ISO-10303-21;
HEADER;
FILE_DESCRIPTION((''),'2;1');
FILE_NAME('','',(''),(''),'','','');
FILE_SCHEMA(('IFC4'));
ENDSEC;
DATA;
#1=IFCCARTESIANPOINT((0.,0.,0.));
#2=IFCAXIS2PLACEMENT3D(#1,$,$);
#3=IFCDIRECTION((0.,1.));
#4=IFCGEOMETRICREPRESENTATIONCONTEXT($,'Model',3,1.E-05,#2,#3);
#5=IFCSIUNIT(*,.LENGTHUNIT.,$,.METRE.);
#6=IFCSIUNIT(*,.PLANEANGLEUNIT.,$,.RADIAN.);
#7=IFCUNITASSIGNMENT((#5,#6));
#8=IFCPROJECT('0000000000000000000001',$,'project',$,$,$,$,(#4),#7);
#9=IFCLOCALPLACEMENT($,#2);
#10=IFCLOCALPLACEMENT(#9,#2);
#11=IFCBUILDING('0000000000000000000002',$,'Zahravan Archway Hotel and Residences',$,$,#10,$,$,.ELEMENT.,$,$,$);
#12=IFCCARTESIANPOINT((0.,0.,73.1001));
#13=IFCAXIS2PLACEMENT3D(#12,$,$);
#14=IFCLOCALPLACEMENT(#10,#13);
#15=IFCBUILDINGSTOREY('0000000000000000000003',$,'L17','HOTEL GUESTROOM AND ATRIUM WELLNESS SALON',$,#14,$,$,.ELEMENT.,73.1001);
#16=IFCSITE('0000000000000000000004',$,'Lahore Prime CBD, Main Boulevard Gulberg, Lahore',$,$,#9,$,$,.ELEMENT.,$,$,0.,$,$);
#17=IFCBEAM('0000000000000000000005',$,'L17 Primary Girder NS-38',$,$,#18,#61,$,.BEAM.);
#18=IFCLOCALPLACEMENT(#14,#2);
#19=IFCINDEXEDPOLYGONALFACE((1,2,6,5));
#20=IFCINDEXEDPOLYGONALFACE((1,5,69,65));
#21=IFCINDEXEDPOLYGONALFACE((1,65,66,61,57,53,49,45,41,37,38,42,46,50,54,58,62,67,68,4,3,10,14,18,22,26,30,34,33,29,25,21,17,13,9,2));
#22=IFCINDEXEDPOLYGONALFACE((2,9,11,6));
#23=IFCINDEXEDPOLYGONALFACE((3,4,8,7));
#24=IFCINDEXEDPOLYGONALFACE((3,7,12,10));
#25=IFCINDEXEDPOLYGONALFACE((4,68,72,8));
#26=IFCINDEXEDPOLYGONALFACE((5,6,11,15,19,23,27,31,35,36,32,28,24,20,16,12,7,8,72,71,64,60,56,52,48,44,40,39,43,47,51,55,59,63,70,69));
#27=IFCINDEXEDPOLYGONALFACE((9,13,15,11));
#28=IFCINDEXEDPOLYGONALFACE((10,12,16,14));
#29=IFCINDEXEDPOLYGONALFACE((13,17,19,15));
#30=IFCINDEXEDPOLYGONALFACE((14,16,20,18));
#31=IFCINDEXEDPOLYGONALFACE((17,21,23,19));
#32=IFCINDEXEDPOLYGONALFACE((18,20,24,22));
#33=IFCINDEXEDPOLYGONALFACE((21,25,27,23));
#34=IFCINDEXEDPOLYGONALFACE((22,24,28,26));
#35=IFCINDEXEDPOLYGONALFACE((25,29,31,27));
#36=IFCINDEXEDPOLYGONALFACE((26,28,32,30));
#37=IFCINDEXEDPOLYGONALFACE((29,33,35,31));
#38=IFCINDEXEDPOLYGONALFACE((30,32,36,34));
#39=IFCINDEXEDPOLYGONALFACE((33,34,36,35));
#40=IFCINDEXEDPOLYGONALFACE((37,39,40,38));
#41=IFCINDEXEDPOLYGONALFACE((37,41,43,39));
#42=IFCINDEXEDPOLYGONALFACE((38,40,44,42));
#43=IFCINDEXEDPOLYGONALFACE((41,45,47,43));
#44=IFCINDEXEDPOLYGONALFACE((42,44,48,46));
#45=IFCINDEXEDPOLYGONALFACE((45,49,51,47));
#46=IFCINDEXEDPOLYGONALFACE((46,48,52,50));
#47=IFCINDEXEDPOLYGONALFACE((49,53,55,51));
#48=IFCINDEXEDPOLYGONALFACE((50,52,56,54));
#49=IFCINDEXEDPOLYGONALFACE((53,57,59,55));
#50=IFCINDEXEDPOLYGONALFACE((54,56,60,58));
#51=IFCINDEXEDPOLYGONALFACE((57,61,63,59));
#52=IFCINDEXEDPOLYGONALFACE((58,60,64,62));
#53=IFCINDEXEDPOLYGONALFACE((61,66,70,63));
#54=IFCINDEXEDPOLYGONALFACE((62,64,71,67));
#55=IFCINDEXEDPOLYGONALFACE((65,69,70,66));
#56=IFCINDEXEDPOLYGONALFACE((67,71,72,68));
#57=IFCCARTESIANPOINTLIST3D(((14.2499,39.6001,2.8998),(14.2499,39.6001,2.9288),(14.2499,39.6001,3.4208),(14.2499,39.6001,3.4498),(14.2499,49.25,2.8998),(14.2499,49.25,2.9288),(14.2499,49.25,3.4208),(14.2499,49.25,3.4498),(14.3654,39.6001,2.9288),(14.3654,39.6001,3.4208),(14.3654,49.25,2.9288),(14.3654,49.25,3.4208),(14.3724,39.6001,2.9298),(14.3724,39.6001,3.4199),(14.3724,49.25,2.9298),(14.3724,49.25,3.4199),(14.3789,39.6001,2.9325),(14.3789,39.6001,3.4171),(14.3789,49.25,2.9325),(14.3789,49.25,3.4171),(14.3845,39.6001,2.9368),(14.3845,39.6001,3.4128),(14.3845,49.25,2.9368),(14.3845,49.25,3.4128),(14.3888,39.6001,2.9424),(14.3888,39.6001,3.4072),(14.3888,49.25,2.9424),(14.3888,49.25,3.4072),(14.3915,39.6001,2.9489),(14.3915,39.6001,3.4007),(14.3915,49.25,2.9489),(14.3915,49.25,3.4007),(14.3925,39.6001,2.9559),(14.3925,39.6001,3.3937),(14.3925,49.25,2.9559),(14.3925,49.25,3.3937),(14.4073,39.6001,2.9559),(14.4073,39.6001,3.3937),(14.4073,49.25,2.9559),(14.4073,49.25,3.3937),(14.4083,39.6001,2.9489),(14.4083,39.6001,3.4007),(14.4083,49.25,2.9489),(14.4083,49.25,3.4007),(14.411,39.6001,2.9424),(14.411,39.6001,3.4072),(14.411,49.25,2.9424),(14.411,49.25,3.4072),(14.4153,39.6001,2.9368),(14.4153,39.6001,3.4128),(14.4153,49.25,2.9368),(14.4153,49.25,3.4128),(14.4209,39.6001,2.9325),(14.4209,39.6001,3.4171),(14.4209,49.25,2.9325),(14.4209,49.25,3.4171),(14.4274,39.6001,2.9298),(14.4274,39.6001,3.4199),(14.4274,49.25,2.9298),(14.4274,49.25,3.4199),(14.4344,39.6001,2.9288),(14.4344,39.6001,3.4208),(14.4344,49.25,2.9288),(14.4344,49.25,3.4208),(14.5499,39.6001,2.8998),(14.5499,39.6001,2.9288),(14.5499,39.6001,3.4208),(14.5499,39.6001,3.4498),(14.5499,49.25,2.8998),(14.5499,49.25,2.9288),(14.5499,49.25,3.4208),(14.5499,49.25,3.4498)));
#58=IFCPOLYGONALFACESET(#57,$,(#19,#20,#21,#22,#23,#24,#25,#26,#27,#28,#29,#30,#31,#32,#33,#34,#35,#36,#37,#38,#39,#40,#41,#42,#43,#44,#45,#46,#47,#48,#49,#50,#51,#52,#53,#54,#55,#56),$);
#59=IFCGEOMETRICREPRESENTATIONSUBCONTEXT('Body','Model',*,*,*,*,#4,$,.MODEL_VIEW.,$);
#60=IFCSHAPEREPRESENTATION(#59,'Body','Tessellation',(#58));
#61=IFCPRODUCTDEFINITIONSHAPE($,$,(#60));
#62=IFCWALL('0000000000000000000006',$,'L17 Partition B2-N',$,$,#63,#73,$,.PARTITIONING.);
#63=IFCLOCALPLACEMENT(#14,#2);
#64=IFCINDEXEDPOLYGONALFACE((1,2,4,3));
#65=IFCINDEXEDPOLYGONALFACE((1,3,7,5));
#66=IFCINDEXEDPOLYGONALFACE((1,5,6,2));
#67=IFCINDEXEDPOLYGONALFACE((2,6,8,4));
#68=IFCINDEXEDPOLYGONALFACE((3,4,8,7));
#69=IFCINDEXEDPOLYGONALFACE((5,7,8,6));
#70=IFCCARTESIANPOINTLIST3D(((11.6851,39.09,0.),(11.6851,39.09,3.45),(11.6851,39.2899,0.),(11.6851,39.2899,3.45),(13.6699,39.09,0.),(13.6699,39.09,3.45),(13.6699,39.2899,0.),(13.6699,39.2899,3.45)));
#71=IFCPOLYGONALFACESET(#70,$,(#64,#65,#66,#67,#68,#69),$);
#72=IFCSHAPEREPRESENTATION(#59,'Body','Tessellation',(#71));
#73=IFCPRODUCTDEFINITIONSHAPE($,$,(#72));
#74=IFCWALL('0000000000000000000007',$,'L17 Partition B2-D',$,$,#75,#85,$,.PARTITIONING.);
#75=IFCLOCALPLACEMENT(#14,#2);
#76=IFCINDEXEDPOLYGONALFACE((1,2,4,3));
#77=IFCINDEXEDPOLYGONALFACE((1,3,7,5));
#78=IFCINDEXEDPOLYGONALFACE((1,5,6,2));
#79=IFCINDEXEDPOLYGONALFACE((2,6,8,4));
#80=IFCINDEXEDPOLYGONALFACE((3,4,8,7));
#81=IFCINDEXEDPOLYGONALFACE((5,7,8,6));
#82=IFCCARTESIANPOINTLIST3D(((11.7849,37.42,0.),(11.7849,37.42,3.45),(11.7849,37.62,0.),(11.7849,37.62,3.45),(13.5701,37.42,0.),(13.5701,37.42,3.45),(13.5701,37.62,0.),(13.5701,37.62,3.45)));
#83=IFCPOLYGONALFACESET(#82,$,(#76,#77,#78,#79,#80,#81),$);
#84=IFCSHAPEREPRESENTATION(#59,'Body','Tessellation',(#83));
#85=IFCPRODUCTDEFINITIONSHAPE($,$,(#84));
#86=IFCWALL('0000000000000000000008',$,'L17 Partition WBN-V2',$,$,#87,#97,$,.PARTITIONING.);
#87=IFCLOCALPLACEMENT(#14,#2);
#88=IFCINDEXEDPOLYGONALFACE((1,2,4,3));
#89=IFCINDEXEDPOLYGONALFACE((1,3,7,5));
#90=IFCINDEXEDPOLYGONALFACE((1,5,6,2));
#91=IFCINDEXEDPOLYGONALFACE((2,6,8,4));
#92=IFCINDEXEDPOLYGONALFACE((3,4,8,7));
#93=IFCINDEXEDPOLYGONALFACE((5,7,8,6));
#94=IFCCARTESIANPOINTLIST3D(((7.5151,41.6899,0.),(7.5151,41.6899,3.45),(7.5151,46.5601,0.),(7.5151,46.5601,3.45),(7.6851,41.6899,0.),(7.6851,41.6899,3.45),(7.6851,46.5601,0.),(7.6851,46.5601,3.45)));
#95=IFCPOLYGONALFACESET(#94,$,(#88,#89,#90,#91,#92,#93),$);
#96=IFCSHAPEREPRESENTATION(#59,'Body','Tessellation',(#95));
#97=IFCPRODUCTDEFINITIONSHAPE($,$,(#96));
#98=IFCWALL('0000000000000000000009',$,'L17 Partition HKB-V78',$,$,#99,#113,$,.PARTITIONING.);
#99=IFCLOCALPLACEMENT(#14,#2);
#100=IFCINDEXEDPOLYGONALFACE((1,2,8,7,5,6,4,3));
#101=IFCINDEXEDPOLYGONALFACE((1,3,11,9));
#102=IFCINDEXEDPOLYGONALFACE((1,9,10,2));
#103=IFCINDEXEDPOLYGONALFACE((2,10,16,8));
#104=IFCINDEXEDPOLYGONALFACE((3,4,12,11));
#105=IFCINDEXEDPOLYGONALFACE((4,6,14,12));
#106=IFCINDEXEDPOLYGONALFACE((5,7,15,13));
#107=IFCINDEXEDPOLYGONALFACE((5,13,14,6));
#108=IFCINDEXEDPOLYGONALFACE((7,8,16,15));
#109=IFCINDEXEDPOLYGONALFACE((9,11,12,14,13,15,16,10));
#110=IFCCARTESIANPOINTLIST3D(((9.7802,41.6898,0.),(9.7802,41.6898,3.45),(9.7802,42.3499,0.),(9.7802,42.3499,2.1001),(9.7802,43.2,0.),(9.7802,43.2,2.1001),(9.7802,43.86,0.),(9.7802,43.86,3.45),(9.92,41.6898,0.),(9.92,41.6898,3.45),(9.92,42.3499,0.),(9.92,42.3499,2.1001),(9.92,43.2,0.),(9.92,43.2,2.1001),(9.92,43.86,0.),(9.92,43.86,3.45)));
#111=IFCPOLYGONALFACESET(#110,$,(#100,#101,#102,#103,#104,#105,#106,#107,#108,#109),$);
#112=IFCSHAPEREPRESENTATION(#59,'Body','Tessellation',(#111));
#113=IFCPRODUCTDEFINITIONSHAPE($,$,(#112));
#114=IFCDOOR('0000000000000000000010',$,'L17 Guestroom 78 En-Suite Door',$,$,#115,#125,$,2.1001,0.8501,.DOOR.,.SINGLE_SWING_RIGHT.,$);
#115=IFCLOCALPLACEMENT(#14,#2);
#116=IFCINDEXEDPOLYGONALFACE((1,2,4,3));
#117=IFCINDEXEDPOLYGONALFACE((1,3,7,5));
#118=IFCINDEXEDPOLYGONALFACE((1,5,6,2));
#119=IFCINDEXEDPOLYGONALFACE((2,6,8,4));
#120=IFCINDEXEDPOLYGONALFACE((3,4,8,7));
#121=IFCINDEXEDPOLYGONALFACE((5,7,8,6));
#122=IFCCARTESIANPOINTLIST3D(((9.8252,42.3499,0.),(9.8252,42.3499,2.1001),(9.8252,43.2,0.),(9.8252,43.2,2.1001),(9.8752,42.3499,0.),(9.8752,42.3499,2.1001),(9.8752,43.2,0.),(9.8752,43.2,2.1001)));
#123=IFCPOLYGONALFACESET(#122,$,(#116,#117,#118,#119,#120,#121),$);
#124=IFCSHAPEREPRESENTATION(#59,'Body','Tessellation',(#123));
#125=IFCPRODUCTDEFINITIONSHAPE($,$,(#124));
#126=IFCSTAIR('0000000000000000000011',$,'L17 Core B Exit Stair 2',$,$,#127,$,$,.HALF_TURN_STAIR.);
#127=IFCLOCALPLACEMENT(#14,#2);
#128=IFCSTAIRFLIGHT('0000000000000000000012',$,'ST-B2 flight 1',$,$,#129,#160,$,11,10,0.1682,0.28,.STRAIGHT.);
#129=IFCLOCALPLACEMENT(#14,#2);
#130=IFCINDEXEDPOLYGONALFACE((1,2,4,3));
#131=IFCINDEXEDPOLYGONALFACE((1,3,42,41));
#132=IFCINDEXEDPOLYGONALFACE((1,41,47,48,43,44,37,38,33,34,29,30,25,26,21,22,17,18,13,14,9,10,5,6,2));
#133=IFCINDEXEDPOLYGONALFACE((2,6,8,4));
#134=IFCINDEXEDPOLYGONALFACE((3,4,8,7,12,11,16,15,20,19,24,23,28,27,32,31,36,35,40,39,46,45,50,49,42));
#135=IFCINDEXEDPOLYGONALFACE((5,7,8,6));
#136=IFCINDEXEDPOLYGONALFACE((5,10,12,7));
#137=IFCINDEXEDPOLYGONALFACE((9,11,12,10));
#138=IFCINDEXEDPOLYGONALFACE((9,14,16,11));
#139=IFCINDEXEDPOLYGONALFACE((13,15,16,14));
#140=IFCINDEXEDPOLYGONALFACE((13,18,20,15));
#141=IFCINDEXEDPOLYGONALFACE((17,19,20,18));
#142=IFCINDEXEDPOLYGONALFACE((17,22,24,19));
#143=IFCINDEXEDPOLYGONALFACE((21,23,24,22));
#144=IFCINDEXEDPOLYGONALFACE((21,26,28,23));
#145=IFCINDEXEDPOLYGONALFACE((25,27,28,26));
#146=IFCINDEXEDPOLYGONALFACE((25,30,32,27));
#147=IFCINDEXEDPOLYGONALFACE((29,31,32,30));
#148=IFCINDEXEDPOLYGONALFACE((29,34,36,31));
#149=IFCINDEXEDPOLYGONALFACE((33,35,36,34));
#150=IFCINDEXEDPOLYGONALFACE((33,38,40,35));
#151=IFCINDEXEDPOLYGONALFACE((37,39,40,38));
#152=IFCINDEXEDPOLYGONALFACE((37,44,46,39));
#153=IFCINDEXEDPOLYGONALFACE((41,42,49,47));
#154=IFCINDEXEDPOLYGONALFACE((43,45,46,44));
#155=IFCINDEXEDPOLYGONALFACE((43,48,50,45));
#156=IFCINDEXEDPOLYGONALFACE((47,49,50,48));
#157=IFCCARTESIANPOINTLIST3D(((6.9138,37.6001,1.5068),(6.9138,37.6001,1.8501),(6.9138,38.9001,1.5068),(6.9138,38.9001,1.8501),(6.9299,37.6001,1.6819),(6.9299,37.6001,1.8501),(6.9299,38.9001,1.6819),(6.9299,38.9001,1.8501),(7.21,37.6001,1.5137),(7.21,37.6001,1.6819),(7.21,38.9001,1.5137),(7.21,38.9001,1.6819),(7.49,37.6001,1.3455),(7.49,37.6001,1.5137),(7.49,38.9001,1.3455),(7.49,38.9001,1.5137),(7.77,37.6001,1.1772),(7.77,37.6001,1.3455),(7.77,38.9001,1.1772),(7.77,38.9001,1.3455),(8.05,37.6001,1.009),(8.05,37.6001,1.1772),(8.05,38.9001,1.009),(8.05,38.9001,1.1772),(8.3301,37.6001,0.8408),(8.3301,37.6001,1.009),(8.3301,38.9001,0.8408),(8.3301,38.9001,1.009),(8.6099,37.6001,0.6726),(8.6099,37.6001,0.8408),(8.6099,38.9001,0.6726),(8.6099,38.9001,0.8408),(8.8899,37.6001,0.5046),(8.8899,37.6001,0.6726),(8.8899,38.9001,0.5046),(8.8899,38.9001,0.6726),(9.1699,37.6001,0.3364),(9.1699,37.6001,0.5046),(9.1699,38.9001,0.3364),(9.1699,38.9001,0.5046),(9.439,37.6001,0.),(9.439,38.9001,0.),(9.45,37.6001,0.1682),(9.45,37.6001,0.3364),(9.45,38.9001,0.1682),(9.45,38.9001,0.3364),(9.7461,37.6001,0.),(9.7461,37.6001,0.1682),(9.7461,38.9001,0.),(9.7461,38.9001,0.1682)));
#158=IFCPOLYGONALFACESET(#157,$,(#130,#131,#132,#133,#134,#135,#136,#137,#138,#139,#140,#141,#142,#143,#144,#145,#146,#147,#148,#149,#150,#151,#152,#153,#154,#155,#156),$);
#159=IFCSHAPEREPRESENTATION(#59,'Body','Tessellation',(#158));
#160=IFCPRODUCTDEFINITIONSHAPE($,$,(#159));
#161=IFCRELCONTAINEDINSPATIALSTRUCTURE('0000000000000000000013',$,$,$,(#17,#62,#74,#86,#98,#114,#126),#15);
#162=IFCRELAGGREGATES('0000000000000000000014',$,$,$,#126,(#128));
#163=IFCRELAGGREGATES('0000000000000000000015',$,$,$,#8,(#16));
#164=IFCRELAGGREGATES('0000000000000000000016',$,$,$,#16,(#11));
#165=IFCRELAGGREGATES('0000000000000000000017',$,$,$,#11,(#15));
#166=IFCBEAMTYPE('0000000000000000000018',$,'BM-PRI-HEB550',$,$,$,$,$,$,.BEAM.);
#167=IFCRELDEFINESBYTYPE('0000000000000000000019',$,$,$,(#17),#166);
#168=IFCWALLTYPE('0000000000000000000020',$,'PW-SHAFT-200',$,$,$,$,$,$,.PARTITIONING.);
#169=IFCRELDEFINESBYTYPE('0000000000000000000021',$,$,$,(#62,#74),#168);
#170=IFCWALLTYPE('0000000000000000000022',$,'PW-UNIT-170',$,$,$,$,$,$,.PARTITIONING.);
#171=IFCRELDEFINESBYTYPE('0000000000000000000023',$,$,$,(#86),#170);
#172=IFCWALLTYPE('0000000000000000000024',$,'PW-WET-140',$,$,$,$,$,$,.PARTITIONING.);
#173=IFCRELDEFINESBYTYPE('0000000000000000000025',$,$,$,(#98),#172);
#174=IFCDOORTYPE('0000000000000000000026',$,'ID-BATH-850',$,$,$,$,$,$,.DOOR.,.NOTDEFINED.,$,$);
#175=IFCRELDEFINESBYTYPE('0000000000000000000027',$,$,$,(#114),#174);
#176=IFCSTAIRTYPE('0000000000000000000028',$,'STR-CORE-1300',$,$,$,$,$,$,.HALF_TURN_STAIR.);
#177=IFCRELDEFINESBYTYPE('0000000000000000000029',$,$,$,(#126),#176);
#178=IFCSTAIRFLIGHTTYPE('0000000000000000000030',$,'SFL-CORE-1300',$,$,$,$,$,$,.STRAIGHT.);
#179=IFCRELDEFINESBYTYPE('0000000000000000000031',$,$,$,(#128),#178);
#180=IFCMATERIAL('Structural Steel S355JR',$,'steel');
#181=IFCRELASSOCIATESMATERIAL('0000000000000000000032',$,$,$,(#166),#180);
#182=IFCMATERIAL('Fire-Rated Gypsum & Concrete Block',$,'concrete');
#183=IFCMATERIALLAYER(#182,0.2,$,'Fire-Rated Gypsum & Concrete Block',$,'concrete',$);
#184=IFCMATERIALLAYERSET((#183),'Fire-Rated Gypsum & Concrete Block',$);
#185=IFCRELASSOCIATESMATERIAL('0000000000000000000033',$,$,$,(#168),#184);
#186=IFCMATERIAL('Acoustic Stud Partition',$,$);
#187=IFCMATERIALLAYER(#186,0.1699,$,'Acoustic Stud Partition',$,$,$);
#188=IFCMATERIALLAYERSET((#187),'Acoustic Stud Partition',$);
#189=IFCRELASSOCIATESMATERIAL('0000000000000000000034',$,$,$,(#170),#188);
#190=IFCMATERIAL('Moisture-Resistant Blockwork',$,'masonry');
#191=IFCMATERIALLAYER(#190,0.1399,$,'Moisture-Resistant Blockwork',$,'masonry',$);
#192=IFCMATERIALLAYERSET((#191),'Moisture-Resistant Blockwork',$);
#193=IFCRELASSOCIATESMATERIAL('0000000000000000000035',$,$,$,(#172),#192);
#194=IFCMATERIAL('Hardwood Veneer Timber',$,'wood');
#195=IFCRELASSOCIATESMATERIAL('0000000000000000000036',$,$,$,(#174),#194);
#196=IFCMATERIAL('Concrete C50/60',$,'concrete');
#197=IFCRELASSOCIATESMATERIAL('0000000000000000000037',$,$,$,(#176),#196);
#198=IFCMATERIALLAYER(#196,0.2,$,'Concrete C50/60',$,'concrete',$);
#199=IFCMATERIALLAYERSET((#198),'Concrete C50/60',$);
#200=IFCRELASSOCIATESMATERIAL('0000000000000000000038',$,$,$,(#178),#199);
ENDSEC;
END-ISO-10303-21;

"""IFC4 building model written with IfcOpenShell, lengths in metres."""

from ifc_helpers import new_model, si_unit, direction, frame, frame_2d, origin, origin_2d, place, context, subcontext, project, spatial, polyline, rectangle, i_section, outline, extrude, source, transform, mapped, material, layer, layer_set, material_profile, profile_set, type_object, type_shapes, element, fill, aggregate, save


model = new_model("IFC4")

# Units and contexts
model_context = context("Model", 3, precision=1e-05, world=origin(), true_north=direction((0.0, 1.0)))
body_context = subcontext(model_context, "Body", "Model", "MODEL_VIEW")
ifc_project = project(units=[si_unit("LENGTHUNIT", "METRE"), si_unit("PLANEANGLEUNIT", "RADIAN")], contexts=[model_context])

# Site, building, storey
site_placement = place(None, origin())
site = spatial("IfcSite", under=ifc_project, at=site_placement, Name="Lahore Prime CBD, Main Boulevard Gulberg, Lahore", CompositionType="ELEMENT", RefElevation=0.0)
building_placement = place(site_placement, origin())
building = spatial("IfcBuilding", under=site, at=building_placement, Name="Zahravan Archway Hotel and Residences", CompositionType="ELEMENT")
storey_placement = place(building_placement, frame((0.0, 0.0, 73.1001)))
storey = spatial("IfcBuildingStorey", under=building, at=storey_placement, Name="L17", Description="HOTEL GUESTROOM AND ATRIUM WELLNESS SALON", CompositionType="ELEMENT", Elevation=73.1001)

# Beam
ifc_material_1 = material(Name="Structural Steel S355JR", Category="steel")
ifc_material_profile_1 = material_profile(ifc_material_1, i_section(OverallWidth=0.3, OverallDepth=0.55, WebThickness=0.0149, FlangeThickness=0.0291, FilletRadius=0.0271, at=origin_2d()), Name="HEB 550", Category="steel")
ifc_profile_set_1 = profile_set([ifc_material_profile_1], Name="Structural Steel S355JR")
beam_type = type_object("IfcBeamType", Name="BM-PRI-HEB550", PredefinedType="BEAM", material=ifc_profile_set_1)
shared_shape_1 = source(origin(), body_context, "Body", "SweptSolid", [
    extrude(i_section(OverallWidth=0.3, OverallDepth=0.55, WebThickness=0.0149, FlangeThickness=0.0291, FilletRadius=0.0271, at=origin_2d()), origin(), (0.0, 0.0, 1.0), 9.6499),
])
for number, where, z_axis, x_axis, name in (
    (1, (14.3999, 39.6001, 3.1748), (0.0, 1.0, 0.0), (-1.0, 0.0, 0.0), "L17 Primary Girder NS-38"),
):
    element("IfcBeam", number, at=place(storey_placement, frame(where, z_axis=z_axis, x_axis=x_axis)), inside=storey, type_object=beam_type, Name=name, PredefinedType="BEAM", context=body_context, shape_type="MappedRepresentation", body=[
        mapped(shared_shape_1, transform((0.0, 0.0, 0.0), scale=1.0)),
    ])

# Walls
ifc_material_2 = material(Name="Fire-Rated Gypsum & Concrete Block", Category="concrete")
ifc_layer_1 = layer(ifc_material_2, 0.2, Name="Fire-Rated Gypsum & Concrete Block", Category="concrete")
ifc_layer_set_1 = layer_set([ifc_layer_1], Name="Fire-Rated Gypsum & Concrete Block")
wall_type_1 = type_object("IfcWallType", Name="PW-SHAFT-200", PredefinedType="PARTITIONING", material=ifc_layer_set_1)
wall_1_placement = place(storey_placement, frame((11.6851, 39.1899, 0.0), z_axis=(0.0, 0.0, 1.0), x_axis=(1.0, 0.0, 0.0)))
element("IfcWall", 2, at=wall_1_placement, inside=storey, type_object=wall_type_1, Name="L17 Partition B2-N", PredefinedType="PARTITIONING", context=body_context, shape_type="SweptSolid", body=[
    extrude(rectangle(XDim=1.9849, YDim=0.2, at=frame_2d((0.9924, 0.0))), origin(), (0.0, 0.0, 1.0), 3.45),
])
wall_2_placement = place(storey_placement, frame((11.7849, 37.52, 0.0), z_axis=(0.0, 0.0, 1.0), x_axis=(1.0, 0.0, 0.0)))
element("IfcWall", 3, at=wall_2_placement, inside=storey, type_object=wall_type_1, Name="L17 Partition B2-D", PredefinedType="PARTITIONING", context=body_context, shape_type="SweptSolid", body=[
    extrude(rectangle(XDim=1.7852, YDim=0.2, at=frame_2d((0.8926, 0.0))), origin(), (0.0, 0.0, 1.0), 3.45),
])
ifc_material_3 = material(Name="Acoustic Stud Partition")
ifc_layer_2 = layer(ifc_material_3, 0.1699, Name="Acoustic Stud Partition")
ifc_layer_set_2 = layer_set([ifc_layer_2], Name="Acoustic Stud Partition")
wall_type_2 = type_object("IfcWallType", Name="PW-UNIT-170", PredefinedType="PARTITIONING", material=ifc_layer_set_2)
wall_3_placement = place(storey_placement, frame((7.6001, 41.6899, 0.0), z_axis=(0.0, 0.0, 1.0), x_axis=(0.0, 1.0, 0.0)))
element("IfcWall", 4, at=wall_3_placement, inside=storey, type_object=wall_type_2, Name="L17 Partition WBN-V2", PredefinedType="PARTITIONING", context=body_context, shape_type="SweptSolid", body=[
    extrude(rectangle(XDim=4.8701, YDim=0.1699, at=frame_2d((2.4351, 0.0))), origin(), (0.0, 0.0, 1.0), 3.45),
])
ifc_material_4 = material(Name="Moisture-Resistant Blockwork", Category="masonry")
ifc_layer_3 = layer(ifc_material_4, 0.1399, Name="Moisture-Resistant Blockwork", Category="masonry")
ifc_layer_set_3 = layer_set([ifc_layer_3], Name="Moisture-Resistant Blockwork")
wall_type_3 = type_object("IfcWallType", Name="PW-WET-140", PredefinedType="PARTITIONING", material=ifc_layer_set_3)

# Wall, opening, door
wall_4_placement = place(storey_placement, frame((9.8501, 41.6899, 0.0), z_axis=(0.0, 0.0, 1.0), x_axis=(0.0, 1.0, 0.0)))
wall_4 = element("IfcWall", 5, at=wall_4_placement, inside=storey, type_object=wall_type_3, Name="L17 Partition HKB-V78", PredefinedType="PARTITIONING", context=body_context, shape_type="SweptSolid", body=[
    extrude(rectangle(XDim=2.1702, YDim=0.1399, at=frame_2d((1.085, 0.0))), origin(), (0.0, 0.0, 1.0), 3.45),
])
opening_placement = place(wall_4_placement, frame((0.6599, 0.0, 0.0)))
opening = element("IfcOpeningElement", 6, at=opening_placement, cuts=wall_4, PredefinedType="OPENING", context=body_context, shape_type="SweptSolid", body=[
    extrude(rectangle(XDim=0.8501, YDim=2.1001, at=frame_2d((0.425, 1.05))), frame((0.0, 0.0801, 0.0), z_axis=(0.0, -1.0, 0.0), x_axis=(1.0, 0.0, 0.0)), (0.0, 0.0, 1.0), 0.1599),
])
ifc_material_5 = material(Name="Hardwood Veneer Timber", Category="wood")
door_type = type_object("IfcDoorType", Name="ID-BATH-850", OperationType="NOTDEFINED", PredefinedType="DOOR", material=ifc_material_5)
shared_shape_2 = source(origin(), body_context, "Body", "SweptSolid", [
    extrude(rectangle(XDim=0.8501, YDim=2.1001, at=frame_2d((0.425, 1.05))), frame((0.0, 0.0249, 0.0), z_axis=(0.0, -1.0, 0.0), x_axis=(1.0, 0.0, 0.0)), (0.0, 0.0, 1.0), 0.05),
])
type_shapes(door_type, [shared_shape_2])
door_placement = place(opening_placement, origin())
door = element("IfcDoor", 7, at=door_placement, inside=storey, type_object=door_type, Name="L17 Guestroom 78 En-Suite Door", OperationType="SINGLE_SWING_RIGHT", OverallHeight=2.1001, OverallWidth=0.8501, PredefinedType="DOOR", context=body_context, shape_type="MappedRepresentation", body=[
    mapped(shared_shape_2, transform((0.0, 0.0, 0.0), scale=1.0)),
])
fill(opening, door)

# Stair, stair flight
ifc_material_6 = material(Name="Concrete C50/60", Category="concrete")
stair_type = type_object("IfcStairType", Name="STR-CORE-1300", PredefinedType="HALF_TURN_STAIR", material=ifc_material_6)
stair_placement = place(storey_placement, origin())
stair = element("IfcStair", 8, at=stair_placement, inside=storey, type_object=stair_type, Name="L17 Core B Exit Stair 2", PredefinedType="HALF_TURN_STAIR")
ifc_layer_4 = layer(ifc_material_6, 0.2, Name="Concrete C50/60", Category="concrete")
ifc_layer_set_4 = layer_set([ifc_layer_4], Name="Concrete C50/60")
stair_flight_type = type_object("IfcStairFlightType", Name="SFL-CORE-1300", PredefinedType="STRAIGHT", material=ifc_layer_set_4)
shared_shape_3 = source(origin(), body_context, "Body", "SweptSolid", [
    extrude(outline(polyline([(-0.0161, 0.0), (-0.0161, 0.1682), (0.28, 0.1682), (0.28, 0.3364), (0.5601, 0.3364), (0.5601, 0.5046), (0.8401, 0.5046), (0.8401, 0.6726), (1.1201, 0.6726), (1.1201, 0.8408), (1.3999, 0.8408), (1.3999, 1.009), (1.6799, 1.009), (1.6799, 1.1772), (1.96, 1.1772), (1.96, 1.3455), (2.24, 1.3455), (2.24, 1.5137), (2.52, 1.5137), (2.52, 1.6819), (2.8, 1.6819), (2.8, 1.8501), (2.8162, 1.8501), (2.8162, 1.5068), (0.291, 0.0), (-0.0161, 0.0)])), frame((0.0, 0.6499, 0.0), z_axis=(0.0, -1.0, 0.0), x_axis=(1.0, 0.0, 0.0)), (0.0, 0.0, 1.0), 1.3),
])
stair_flight_placement = place(storey_placement, frame((9.73, 38.25, 0.0), z_axis=(0.0, 0.0, 1.0), x_axis=(-1.0, 0.0, 0.0)))
stair_flight = element("IfcStairFlight", 9, at=stair_flight_placement, type_object=stair_flight_type, Name="ST-B2 flight 1", NumberOfRisers=11, NumberOfTreads=10, PredefinedType="STRAIGHT", RiserHeight=0.1682, TreadLength=0.28, context=body_context, shape_type="MappedRepresentation", body=[
    mapped(shared_shape_3, transform((0.0, 0.0, 0.0), scale=1.0)),
])
aggregate(stair, [stair_flight])

save(model, "model.ifc")
